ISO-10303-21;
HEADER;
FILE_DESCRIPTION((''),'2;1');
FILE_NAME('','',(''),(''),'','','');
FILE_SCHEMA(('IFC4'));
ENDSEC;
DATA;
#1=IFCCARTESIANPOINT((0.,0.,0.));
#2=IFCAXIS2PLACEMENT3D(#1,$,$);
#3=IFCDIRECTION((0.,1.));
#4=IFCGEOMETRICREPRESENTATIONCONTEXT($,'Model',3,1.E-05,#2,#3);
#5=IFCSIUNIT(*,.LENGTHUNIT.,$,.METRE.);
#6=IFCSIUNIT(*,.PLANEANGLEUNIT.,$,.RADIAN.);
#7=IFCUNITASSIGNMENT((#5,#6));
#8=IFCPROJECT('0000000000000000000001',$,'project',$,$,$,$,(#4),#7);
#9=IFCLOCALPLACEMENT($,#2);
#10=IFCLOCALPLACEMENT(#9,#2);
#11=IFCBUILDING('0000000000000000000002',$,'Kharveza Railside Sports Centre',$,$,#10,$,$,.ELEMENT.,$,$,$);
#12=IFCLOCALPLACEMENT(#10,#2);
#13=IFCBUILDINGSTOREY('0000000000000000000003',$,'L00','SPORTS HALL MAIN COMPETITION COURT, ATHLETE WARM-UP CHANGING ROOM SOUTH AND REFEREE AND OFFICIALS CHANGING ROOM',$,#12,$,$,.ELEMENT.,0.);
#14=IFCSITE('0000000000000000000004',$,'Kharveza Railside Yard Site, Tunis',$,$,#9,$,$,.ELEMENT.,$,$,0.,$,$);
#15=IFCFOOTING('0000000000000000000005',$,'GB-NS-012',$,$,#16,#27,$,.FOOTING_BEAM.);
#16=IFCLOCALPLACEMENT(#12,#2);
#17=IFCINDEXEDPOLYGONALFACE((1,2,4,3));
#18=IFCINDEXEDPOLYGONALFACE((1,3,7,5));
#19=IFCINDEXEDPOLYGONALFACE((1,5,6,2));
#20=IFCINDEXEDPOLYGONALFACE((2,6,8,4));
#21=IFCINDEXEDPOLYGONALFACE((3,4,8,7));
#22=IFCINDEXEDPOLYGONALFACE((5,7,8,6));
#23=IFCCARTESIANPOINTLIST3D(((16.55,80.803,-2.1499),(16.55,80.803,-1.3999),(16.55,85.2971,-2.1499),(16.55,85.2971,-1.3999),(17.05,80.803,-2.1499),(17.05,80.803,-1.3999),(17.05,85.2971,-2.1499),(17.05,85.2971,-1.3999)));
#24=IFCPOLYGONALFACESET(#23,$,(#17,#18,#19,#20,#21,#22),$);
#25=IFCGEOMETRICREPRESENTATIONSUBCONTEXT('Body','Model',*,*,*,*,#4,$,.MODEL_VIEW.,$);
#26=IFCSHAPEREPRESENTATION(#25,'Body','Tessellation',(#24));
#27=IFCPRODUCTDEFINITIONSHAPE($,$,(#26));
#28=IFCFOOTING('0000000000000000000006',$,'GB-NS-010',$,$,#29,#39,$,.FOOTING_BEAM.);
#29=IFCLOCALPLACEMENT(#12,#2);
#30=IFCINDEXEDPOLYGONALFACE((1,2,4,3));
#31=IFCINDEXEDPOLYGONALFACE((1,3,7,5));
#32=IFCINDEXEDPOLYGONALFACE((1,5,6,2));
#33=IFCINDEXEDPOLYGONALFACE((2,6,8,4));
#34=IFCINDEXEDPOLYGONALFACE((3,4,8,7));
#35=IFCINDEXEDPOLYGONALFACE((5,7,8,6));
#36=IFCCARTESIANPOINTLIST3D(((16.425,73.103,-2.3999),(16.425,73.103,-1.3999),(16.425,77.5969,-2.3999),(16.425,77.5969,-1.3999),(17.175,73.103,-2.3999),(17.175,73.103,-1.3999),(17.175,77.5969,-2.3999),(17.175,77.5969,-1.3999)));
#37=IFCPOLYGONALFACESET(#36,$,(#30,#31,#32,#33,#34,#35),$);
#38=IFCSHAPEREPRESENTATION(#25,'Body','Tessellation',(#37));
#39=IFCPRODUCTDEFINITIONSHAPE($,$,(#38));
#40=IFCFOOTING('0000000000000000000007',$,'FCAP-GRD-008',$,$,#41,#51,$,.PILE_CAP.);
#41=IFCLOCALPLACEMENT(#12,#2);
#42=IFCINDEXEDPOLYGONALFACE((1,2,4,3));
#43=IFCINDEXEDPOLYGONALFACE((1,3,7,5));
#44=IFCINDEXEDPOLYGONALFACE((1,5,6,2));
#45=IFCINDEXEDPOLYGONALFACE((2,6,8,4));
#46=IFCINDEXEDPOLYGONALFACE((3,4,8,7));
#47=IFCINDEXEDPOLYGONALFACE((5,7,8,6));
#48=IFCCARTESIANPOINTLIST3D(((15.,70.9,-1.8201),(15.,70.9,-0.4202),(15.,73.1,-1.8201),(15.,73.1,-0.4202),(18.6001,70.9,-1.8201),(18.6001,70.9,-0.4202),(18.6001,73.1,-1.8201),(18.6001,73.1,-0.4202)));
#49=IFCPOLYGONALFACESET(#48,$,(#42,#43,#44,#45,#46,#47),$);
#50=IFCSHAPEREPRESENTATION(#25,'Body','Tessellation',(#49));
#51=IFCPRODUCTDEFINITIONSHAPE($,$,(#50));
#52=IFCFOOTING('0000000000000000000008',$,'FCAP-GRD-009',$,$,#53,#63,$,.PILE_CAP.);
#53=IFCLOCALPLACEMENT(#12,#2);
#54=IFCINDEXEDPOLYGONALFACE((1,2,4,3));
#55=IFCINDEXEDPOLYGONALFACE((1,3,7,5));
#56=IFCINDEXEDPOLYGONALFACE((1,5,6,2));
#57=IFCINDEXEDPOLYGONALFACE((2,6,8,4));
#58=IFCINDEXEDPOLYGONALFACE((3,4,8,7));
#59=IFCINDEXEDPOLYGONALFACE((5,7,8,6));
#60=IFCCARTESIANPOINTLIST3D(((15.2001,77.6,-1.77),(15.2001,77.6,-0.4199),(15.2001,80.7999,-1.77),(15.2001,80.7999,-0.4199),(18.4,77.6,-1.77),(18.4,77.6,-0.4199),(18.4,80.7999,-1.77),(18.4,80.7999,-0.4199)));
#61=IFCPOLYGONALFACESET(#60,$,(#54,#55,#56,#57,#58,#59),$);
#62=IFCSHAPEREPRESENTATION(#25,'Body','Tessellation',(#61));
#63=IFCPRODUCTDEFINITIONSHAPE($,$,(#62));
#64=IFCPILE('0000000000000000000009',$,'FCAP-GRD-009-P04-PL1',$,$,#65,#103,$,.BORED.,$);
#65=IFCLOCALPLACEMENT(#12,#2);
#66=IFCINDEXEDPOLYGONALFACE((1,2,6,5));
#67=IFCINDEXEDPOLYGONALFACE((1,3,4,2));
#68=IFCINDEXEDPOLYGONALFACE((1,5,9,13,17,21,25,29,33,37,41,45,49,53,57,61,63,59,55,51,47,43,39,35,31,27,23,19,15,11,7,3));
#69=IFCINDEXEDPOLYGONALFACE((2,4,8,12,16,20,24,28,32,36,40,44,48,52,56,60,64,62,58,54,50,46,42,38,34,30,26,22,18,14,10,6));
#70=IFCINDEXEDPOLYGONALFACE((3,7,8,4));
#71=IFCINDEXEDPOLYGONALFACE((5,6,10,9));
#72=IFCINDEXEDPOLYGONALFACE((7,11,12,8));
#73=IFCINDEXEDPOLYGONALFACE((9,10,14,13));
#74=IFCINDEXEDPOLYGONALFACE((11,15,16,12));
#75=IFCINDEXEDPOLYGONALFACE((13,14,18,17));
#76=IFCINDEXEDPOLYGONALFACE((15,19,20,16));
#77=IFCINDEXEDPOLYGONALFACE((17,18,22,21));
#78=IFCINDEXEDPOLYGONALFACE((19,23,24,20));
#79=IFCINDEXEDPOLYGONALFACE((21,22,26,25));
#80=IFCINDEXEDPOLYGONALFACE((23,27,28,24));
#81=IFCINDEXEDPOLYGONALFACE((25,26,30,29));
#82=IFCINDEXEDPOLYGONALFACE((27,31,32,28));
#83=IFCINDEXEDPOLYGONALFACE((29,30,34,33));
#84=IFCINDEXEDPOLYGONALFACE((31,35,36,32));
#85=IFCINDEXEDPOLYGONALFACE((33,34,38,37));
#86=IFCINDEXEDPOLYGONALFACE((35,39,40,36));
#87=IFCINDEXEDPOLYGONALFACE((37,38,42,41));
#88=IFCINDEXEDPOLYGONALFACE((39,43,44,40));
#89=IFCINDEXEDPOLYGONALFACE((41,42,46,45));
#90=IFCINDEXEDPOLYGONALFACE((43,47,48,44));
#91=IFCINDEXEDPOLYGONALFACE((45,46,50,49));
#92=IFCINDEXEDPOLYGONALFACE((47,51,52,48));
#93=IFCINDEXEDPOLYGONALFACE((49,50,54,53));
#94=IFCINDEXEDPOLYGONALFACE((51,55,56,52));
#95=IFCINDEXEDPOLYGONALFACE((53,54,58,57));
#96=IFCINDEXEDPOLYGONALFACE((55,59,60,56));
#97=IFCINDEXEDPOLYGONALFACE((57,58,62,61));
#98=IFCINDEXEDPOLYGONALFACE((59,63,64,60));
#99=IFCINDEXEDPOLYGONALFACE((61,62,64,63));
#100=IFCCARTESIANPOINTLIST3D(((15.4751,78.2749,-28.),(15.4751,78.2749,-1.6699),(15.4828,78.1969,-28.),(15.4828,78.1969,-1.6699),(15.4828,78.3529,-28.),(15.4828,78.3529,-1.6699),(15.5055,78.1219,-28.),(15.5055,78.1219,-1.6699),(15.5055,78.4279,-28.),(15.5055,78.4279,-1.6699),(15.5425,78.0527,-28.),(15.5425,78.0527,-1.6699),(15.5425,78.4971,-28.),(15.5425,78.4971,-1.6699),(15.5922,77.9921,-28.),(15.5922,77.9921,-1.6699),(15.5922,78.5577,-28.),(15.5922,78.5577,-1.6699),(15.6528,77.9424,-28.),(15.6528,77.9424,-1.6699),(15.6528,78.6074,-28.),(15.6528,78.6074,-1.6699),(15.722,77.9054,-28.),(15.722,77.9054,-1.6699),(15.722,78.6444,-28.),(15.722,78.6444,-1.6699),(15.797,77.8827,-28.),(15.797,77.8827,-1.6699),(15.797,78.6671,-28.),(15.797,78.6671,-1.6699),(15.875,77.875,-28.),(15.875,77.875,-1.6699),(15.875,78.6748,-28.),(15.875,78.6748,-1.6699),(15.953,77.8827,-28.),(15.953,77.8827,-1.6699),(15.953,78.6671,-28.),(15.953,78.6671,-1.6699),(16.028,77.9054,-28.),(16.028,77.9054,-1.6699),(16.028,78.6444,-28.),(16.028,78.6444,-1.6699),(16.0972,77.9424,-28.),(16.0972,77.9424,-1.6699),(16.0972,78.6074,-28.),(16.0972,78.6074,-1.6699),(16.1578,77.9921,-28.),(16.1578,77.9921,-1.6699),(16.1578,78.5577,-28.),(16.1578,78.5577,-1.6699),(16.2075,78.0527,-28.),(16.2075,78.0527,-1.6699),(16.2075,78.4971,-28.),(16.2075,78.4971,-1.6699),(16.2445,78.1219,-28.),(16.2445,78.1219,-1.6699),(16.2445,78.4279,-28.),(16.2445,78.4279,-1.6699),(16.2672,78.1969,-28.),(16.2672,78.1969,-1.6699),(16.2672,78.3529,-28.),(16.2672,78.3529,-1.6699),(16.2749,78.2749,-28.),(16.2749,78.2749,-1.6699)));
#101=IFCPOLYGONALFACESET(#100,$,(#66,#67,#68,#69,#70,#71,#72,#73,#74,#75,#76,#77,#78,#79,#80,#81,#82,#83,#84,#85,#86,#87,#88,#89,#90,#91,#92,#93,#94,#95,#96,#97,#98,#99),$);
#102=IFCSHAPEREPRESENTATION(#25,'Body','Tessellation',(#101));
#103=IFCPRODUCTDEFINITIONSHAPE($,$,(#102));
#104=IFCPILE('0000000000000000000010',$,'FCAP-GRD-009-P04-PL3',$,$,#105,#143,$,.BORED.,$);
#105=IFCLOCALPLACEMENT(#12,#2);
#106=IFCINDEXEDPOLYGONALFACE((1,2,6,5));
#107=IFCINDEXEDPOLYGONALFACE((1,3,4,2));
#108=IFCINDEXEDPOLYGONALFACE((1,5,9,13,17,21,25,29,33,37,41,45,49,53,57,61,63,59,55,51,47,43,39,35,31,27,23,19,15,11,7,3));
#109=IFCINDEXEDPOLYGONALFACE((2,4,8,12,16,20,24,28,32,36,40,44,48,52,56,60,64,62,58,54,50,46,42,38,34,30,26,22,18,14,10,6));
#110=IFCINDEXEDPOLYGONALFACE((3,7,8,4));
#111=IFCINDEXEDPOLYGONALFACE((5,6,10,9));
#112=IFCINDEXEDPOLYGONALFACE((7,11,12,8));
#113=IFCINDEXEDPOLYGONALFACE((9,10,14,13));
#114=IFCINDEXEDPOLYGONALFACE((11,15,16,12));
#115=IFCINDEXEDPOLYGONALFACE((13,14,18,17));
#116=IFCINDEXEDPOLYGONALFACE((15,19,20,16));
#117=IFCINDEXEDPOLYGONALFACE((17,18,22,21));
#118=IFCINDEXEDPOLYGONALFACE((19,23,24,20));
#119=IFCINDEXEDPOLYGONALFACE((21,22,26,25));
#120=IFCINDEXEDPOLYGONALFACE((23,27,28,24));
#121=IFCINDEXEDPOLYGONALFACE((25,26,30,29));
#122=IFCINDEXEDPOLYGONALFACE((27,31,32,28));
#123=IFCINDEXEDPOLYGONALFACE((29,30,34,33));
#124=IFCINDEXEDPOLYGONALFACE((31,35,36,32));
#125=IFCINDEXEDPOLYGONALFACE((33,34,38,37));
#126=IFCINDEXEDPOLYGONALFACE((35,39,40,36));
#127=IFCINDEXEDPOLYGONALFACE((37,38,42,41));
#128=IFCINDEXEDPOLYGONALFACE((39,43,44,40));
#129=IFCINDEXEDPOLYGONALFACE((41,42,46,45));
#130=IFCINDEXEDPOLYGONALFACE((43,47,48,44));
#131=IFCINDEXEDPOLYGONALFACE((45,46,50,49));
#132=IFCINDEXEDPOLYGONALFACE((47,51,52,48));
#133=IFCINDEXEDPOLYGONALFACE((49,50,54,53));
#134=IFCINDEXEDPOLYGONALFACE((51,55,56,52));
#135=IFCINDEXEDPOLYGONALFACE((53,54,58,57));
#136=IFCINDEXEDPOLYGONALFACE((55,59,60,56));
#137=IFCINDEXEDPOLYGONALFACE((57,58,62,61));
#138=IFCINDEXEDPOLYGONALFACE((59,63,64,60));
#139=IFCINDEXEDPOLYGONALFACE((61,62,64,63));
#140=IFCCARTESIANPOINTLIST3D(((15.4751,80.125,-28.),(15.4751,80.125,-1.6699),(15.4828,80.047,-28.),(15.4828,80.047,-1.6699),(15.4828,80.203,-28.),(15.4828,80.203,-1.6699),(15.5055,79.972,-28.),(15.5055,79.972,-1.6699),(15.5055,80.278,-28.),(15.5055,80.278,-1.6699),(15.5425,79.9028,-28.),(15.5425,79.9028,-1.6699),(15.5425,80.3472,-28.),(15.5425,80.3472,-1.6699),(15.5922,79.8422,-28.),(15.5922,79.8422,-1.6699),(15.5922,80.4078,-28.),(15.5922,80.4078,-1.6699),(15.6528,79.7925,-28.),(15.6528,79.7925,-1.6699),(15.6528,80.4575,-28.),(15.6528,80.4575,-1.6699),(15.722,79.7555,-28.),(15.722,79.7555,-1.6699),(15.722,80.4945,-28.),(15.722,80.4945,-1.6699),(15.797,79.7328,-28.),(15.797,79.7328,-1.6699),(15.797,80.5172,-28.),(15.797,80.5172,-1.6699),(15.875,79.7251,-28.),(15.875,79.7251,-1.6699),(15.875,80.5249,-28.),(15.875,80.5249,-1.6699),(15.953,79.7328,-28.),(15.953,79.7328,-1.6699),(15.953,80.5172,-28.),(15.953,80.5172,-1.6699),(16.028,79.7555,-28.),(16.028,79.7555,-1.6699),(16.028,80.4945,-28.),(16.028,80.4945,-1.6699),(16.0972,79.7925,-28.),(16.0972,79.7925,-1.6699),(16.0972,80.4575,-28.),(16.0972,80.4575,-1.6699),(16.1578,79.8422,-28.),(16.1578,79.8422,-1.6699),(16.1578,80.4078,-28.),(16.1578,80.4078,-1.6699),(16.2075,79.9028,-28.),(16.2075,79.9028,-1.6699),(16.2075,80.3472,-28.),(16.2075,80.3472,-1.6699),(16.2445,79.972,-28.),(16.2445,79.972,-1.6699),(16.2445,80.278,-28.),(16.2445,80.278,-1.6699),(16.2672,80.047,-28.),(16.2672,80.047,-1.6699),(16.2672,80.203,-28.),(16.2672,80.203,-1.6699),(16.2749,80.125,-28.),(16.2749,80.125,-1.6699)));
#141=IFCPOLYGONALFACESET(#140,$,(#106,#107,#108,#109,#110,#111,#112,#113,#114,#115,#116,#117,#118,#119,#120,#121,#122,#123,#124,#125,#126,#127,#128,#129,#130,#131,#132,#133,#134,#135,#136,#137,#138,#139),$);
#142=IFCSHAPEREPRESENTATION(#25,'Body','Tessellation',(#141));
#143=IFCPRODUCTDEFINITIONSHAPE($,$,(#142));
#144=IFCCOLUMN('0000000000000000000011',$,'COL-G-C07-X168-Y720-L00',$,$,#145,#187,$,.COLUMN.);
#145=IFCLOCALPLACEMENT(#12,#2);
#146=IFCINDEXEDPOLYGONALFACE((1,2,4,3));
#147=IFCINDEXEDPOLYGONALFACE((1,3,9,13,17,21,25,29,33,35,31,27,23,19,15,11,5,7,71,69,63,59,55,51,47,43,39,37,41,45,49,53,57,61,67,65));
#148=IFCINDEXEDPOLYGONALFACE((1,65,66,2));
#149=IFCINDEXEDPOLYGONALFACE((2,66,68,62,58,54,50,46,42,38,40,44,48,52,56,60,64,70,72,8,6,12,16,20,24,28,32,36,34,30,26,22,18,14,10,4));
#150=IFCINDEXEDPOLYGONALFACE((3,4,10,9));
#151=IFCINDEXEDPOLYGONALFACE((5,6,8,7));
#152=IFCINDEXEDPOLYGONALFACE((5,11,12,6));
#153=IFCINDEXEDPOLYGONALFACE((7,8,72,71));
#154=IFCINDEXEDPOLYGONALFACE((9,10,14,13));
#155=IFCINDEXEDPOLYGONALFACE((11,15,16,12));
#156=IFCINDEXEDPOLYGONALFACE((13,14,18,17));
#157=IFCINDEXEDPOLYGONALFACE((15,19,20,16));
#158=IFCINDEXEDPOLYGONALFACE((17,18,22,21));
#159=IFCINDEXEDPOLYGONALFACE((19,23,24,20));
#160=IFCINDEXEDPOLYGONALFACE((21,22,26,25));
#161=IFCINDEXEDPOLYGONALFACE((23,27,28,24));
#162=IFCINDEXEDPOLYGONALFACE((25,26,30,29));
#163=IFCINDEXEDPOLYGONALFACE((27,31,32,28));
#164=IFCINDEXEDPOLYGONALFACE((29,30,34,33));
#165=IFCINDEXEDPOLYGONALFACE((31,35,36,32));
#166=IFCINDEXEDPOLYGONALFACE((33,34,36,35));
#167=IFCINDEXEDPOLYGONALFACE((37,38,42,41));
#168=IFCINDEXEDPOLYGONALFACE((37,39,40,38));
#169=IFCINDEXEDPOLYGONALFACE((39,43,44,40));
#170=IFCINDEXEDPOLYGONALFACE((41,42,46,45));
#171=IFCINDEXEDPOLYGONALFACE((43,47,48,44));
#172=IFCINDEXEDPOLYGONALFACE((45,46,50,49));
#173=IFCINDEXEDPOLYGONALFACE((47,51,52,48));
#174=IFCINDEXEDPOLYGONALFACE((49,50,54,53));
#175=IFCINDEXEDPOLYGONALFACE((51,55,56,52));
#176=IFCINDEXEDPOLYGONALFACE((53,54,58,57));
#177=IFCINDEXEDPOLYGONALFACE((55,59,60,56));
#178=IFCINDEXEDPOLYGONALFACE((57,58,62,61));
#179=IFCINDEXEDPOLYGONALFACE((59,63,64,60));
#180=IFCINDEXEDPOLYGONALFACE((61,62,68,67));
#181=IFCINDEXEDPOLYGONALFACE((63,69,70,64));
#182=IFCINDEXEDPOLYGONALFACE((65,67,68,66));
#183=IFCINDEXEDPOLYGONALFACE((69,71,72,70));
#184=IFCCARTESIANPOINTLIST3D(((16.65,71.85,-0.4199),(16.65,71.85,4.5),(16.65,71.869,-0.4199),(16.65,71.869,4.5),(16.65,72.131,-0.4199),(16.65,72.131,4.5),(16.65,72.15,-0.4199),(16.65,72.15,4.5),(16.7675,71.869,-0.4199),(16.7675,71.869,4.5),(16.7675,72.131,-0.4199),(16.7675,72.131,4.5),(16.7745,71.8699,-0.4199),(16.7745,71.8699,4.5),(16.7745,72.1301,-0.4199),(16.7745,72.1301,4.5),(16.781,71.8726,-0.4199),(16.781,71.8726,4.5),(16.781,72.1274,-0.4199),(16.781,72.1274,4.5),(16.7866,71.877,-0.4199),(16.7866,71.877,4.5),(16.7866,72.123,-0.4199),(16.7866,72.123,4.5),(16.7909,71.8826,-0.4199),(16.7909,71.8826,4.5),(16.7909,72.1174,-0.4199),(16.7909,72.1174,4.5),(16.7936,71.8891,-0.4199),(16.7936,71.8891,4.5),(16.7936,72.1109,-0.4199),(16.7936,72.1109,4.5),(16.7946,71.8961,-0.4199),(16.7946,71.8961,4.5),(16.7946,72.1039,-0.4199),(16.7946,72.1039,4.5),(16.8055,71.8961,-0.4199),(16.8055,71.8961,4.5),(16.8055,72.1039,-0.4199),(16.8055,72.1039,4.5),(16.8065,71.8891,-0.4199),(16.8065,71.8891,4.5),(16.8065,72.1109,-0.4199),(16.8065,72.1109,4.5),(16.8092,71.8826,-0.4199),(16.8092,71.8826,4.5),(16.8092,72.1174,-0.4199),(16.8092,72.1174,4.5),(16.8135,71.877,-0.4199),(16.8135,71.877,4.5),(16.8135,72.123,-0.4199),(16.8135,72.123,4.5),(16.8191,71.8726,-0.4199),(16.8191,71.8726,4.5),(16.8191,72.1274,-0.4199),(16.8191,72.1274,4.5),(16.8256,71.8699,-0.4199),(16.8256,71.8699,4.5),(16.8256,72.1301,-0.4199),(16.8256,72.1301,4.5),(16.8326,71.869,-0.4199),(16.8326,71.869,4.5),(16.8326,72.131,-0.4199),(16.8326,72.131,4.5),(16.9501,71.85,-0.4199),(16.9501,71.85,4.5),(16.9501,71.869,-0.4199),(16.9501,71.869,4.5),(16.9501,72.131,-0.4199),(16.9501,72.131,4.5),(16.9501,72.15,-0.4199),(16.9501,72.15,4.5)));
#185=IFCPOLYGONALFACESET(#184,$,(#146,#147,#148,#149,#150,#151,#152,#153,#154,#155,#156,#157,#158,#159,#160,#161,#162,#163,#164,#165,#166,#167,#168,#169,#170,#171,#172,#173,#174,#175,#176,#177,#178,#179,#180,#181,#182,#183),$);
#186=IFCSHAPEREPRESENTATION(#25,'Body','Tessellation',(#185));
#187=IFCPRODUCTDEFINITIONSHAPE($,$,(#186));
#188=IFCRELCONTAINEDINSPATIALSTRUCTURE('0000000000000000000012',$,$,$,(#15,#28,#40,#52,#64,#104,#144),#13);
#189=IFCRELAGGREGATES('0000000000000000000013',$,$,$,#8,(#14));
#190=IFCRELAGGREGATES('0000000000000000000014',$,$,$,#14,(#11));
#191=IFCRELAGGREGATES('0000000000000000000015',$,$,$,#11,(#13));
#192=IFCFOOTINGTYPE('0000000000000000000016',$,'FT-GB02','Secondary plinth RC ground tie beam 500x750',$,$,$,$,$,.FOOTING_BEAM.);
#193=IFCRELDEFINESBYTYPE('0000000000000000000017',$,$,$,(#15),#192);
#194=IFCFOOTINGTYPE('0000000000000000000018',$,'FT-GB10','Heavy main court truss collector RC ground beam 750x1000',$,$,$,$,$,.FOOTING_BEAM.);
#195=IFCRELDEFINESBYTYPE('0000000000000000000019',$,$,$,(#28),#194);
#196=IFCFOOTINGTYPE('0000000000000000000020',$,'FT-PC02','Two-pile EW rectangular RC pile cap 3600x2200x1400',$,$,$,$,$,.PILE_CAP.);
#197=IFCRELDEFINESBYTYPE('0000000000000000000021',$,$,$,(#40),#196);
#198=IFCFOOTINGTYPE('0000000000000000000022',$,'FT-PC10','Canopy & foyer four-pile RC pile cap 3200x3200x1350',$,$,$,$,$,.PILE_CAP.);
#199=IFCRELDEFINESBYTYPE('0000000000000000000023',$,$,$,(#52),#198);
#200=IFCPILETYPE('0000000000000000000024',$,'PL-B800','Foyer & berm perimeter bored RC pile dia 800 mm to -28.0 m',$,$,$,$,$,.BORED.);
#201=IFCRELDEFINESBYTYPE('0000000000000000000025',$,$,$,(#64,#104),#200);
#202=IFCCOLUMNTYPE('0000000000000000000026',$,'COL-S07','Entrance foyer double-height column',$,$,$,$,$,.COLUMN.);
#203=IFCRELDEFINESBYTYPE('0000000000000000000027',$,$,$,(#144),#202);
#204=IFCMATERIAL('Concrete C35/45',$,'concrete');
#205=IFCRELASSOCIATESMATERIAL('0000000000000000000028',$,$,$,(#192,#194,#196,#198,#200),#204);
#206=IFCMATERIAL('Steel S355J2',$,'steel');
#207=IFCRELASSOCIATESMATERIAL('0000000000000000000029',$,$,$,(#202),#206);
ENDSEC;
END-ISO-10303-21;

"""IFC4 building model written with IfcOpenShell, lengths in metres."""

from ifc_helpers import new_model, si_unit, direction, frame, origin, origin_2d, place, context, subcontext, project, spatial, rectangle, circle, i_section, extrude, material, material_profile, profile_set, type_object, element, save


model = new_model("IFC4")

# Units and contexts
model_context = context("Model", 3, precision=1e-05, world=origin(), true_north=direction((0.0, 1.0)))
body_context = subcontext(model_context, "Body", "Model", "MODEL_VIEW")
ifc_project = project(units=[si_unit("LENGTHUNIT", "METRE"), si_unit("PLANEANGLEUNIT", "RADIAN")], contexts=[model_context])

# Site, building, storey
site_placement = place(None, origin())
site = spatial("IfcSite", under=ifc_project, at=site_placement, Name="Kharveza Railside Yard Site, Tunis", CompositionType="ELEMENT", RefElevation=0.0)
building_placement = place(site_placement, origin())
building = spatial("IfcBuilding", under=site, at=building_placement, Name="Kharveza Railside Sports Centre", CompositionType="ELEMENT")
storey_placement = place(building_placement, origin())
storey = spatial("IfcBuildingStorey", under=building, at=storey_placement, Name="L00", Description="SPORTS HALL MAIN COMPETITION COURT, ATHLETE WARM-UP CHANGING ROOM SOUTH AND REFEREE AND OFFICIALS CHANGING ROOM", CompositionType="ELEMENT", Elevation=0.0)

# Footings
ifc_material_1 = material(Name="Concrete C35/45", Category="concrete")
ifc_material_profile_1 = material_profile(ifc_material_1, rectangle(XDim=0.5, YDim=0.75, at=origin_2d()), Name="GB 500x750")
ifc_profile_set_1 = profile_set([ifc_material_profile_1], Name="Concrete C35/45")
footing_type_1 = type_object("IfcFootingType", Name="FT-GB02", Description="Secondary plinth RC ground tie beam 500x750", PredefinedType="FOOTING_BEAM", material=ifc_profile_set_1)
footing_1_placement = place(storey_placement, frame((16.8, 80.803, -1.7749), z_axis=(0.0, 1.0, 0.0), x_axis=(-1.0, 0.0, 0.0)))
element("IfcFooting", 1, at=footing_1_placement, inside=storey, type_object=footing_type_1, Name="GB-NS-012", PredefinedType="FOOTING_BEAM", context=body_context, shape_type="SweptSolid", body=[
    extrude(rectangle(XDim=0.5, YDim=0.75, at=origin_2d()), origin(), (0.0, 0.0, 1.0), 4.4941),
])
ifc_material_profile_2 = material_profile(ifc_material_1, rectangle(XDim=0.75, YDim=1.0, at=origin_2d()), Name="GB 750x1000")
ifc_profile_set_2 = profile_set([ifc_material_profile_2], Name="Concrete C35/45")
footing_type_2 = type_object("IfcFootingType", Name="FT-GB10", Description="Heavy main court truss collector RC ground beam 750x1000", PredefinedType="FOOTING_BEAM", material=ifc_profile_set_2)
footing_2_placement = place(storey_placement, frame((16.8, 73.103, -1.8999), z_axis=(0.0, 1.0, 0.0), x_axis=(-1.0, 0.0, 0.0)))
element("IfcFooting", 2, at=footing_2_placement, inside=storey, type_object=footing_type_2, Name="GB-NS-010", PredefinedType="FOOTING_BEAM", context=body_context, shape_type="SweptSolid", body=[
    extrude(rectangle(XDim=0.75, YDim=1.0, at=origin_2d()), origin(), (0.0, 0.0, 1.0), 4.4939),
])
footing_type_3 = type_object("IfcFootingType", Name="FT-PC02", Description="Two-pile EW rectangular RC pile cap 3600x2200x1400", PredefinedType="PILE_CAP", material=ifc_material_1)
footing_3_placement = place(storey_placement, frame((16.8, 72.0, -1.8201), z_axis=(0.0, 0.0, 1.0), x_axis=(1.0, 0.0, 0.0)))
element("IfcFooting", 3, at=footing_3_placement, inside=storey, type_object=footing_type_3, Name="FCAP-GRD-008", PredefinedType="PILE_CAP", context=body_context, shape_type="SweptSolid", body=[
    extrude(rectangle(XDim=3.6001, YDim=2.2, at=origin_2d()), origin(), (0.0, 0.0, 1.0), 1.3999),
])
footing_type_4 = type_object("IfcFootingType", Name="FT-PC10", Description="Canopy & foyer four-pile RC pile cap 3200x3200x1350", PredefinedType="PILE_CAP", material=ifc_material_1)
footing_4_placement = place(storey_placement, frame((16.8, 79.2, -1.77), z_axis=(0.0, 0.0, 1.0), x_axis=(1.0, 0.0, 0.0)))
element("IfcFooting", 4, at=footing_4_placement, inside=storey, type_object=footing_type_4, Name="FCAP-GRD-009", PredefinedType="PILE_CAP", context=body_context, shape_type="SweptSolid", body=[
    extrude(rectangle(XDim=3.2, YDim=3.2, at=origin_2d()), origin(), (0.0, 0.0, 1.0), 1.3501),
])

# Piles
ifc_material_profile_3 = material_profile(ifc_material_1, circle(Radius=0.3999, at=origin_2d()), Name="PILE D800")
ifc_profile_set_3 = profile_set([ifc_material_profile_3], Name="Concrete C35/45")
pile_type = type_object("IfcPileType", Name="PL-B800", Description="Foyer & berm perimeter bored RC pile dia 800 mm to -28.0 m", PredefinedType="BORED", material=ifc_profile_set_3)
for number, where, z_axis, x_axis, name in (
    (5, (15.875, 78.2749, -1.6699), (0.0, 0.0, -1.0), (1.0, 0.0, 0.0), "FCAP-GRD-009-P04-PL1"),
    (6, (15.875, 80.125, -1.6699), (0.0, 0.0, -1.0), (1.0, 0.0, 0.0), "FCAP-GRD-009-P04-PL3"),
):
    element("IfcPile", number, at=place(storey_placement, frame(where, z_axis=z_axis, x_axis=x_axis)), inside=storey, type_object=pile_type, Name=name, PredefinedType="BORED", context=body_context, shape_type="SweptSolid", body=[
        extrude(circle(Radius=0.3999, at=origin_2d()), origin(), (0.0, 0.0, 1.0), 26.3301),
    ])

# Column
ifc_material_2 = material(Name="Steel S355J2", Category="steel")
ifc_material_profile_4 = material_profile(ifc_material_2, i_section(OverallWidth=0.3, OverallDepth=0.3, WebThickness=0.011, FlangeThickness=0.019, FilletRadius=0.0271, at=origin_2d()), Name="HEB 300")
ifc_profile_set_4 = profile_set([ifc_material_profile_4], Name="Steel S355J2")
column_type = type_object("IfcColumnType", Name="COL-S07", Description="Entrance foyer double-height column", PredefinedType="COLUMN", material=ifc_profile_set_4)
for number, where, z_axis, x_axis, name in (
    (7, (16.8, 72.0, -0.4199), (0.0, 0.0, 1.0), (1.0, 0.0, 0.0), "COL-G-C07-X168-Y720-L00"),
):
    element("IfcColumn", number, at=place(storey_placement, frame(where, z_axis=z_axis, x_axis=x_axis)), inside=storey, type_object=column_type, Name=name, PredefinedType="COLUMN", context=body_context, shape_type="SweptSolid", body=[
        extrude(i_section(OverallWidth=0.3, OverallDepth=0.3, WebThickness=0.011, FlangeThickness=0.019, FilletRadius=0.0271, at=origin_2d()), origin(), (0.0, 0.0, 1.0), 4.9199),
    ])

save(model, "model.ifc")
